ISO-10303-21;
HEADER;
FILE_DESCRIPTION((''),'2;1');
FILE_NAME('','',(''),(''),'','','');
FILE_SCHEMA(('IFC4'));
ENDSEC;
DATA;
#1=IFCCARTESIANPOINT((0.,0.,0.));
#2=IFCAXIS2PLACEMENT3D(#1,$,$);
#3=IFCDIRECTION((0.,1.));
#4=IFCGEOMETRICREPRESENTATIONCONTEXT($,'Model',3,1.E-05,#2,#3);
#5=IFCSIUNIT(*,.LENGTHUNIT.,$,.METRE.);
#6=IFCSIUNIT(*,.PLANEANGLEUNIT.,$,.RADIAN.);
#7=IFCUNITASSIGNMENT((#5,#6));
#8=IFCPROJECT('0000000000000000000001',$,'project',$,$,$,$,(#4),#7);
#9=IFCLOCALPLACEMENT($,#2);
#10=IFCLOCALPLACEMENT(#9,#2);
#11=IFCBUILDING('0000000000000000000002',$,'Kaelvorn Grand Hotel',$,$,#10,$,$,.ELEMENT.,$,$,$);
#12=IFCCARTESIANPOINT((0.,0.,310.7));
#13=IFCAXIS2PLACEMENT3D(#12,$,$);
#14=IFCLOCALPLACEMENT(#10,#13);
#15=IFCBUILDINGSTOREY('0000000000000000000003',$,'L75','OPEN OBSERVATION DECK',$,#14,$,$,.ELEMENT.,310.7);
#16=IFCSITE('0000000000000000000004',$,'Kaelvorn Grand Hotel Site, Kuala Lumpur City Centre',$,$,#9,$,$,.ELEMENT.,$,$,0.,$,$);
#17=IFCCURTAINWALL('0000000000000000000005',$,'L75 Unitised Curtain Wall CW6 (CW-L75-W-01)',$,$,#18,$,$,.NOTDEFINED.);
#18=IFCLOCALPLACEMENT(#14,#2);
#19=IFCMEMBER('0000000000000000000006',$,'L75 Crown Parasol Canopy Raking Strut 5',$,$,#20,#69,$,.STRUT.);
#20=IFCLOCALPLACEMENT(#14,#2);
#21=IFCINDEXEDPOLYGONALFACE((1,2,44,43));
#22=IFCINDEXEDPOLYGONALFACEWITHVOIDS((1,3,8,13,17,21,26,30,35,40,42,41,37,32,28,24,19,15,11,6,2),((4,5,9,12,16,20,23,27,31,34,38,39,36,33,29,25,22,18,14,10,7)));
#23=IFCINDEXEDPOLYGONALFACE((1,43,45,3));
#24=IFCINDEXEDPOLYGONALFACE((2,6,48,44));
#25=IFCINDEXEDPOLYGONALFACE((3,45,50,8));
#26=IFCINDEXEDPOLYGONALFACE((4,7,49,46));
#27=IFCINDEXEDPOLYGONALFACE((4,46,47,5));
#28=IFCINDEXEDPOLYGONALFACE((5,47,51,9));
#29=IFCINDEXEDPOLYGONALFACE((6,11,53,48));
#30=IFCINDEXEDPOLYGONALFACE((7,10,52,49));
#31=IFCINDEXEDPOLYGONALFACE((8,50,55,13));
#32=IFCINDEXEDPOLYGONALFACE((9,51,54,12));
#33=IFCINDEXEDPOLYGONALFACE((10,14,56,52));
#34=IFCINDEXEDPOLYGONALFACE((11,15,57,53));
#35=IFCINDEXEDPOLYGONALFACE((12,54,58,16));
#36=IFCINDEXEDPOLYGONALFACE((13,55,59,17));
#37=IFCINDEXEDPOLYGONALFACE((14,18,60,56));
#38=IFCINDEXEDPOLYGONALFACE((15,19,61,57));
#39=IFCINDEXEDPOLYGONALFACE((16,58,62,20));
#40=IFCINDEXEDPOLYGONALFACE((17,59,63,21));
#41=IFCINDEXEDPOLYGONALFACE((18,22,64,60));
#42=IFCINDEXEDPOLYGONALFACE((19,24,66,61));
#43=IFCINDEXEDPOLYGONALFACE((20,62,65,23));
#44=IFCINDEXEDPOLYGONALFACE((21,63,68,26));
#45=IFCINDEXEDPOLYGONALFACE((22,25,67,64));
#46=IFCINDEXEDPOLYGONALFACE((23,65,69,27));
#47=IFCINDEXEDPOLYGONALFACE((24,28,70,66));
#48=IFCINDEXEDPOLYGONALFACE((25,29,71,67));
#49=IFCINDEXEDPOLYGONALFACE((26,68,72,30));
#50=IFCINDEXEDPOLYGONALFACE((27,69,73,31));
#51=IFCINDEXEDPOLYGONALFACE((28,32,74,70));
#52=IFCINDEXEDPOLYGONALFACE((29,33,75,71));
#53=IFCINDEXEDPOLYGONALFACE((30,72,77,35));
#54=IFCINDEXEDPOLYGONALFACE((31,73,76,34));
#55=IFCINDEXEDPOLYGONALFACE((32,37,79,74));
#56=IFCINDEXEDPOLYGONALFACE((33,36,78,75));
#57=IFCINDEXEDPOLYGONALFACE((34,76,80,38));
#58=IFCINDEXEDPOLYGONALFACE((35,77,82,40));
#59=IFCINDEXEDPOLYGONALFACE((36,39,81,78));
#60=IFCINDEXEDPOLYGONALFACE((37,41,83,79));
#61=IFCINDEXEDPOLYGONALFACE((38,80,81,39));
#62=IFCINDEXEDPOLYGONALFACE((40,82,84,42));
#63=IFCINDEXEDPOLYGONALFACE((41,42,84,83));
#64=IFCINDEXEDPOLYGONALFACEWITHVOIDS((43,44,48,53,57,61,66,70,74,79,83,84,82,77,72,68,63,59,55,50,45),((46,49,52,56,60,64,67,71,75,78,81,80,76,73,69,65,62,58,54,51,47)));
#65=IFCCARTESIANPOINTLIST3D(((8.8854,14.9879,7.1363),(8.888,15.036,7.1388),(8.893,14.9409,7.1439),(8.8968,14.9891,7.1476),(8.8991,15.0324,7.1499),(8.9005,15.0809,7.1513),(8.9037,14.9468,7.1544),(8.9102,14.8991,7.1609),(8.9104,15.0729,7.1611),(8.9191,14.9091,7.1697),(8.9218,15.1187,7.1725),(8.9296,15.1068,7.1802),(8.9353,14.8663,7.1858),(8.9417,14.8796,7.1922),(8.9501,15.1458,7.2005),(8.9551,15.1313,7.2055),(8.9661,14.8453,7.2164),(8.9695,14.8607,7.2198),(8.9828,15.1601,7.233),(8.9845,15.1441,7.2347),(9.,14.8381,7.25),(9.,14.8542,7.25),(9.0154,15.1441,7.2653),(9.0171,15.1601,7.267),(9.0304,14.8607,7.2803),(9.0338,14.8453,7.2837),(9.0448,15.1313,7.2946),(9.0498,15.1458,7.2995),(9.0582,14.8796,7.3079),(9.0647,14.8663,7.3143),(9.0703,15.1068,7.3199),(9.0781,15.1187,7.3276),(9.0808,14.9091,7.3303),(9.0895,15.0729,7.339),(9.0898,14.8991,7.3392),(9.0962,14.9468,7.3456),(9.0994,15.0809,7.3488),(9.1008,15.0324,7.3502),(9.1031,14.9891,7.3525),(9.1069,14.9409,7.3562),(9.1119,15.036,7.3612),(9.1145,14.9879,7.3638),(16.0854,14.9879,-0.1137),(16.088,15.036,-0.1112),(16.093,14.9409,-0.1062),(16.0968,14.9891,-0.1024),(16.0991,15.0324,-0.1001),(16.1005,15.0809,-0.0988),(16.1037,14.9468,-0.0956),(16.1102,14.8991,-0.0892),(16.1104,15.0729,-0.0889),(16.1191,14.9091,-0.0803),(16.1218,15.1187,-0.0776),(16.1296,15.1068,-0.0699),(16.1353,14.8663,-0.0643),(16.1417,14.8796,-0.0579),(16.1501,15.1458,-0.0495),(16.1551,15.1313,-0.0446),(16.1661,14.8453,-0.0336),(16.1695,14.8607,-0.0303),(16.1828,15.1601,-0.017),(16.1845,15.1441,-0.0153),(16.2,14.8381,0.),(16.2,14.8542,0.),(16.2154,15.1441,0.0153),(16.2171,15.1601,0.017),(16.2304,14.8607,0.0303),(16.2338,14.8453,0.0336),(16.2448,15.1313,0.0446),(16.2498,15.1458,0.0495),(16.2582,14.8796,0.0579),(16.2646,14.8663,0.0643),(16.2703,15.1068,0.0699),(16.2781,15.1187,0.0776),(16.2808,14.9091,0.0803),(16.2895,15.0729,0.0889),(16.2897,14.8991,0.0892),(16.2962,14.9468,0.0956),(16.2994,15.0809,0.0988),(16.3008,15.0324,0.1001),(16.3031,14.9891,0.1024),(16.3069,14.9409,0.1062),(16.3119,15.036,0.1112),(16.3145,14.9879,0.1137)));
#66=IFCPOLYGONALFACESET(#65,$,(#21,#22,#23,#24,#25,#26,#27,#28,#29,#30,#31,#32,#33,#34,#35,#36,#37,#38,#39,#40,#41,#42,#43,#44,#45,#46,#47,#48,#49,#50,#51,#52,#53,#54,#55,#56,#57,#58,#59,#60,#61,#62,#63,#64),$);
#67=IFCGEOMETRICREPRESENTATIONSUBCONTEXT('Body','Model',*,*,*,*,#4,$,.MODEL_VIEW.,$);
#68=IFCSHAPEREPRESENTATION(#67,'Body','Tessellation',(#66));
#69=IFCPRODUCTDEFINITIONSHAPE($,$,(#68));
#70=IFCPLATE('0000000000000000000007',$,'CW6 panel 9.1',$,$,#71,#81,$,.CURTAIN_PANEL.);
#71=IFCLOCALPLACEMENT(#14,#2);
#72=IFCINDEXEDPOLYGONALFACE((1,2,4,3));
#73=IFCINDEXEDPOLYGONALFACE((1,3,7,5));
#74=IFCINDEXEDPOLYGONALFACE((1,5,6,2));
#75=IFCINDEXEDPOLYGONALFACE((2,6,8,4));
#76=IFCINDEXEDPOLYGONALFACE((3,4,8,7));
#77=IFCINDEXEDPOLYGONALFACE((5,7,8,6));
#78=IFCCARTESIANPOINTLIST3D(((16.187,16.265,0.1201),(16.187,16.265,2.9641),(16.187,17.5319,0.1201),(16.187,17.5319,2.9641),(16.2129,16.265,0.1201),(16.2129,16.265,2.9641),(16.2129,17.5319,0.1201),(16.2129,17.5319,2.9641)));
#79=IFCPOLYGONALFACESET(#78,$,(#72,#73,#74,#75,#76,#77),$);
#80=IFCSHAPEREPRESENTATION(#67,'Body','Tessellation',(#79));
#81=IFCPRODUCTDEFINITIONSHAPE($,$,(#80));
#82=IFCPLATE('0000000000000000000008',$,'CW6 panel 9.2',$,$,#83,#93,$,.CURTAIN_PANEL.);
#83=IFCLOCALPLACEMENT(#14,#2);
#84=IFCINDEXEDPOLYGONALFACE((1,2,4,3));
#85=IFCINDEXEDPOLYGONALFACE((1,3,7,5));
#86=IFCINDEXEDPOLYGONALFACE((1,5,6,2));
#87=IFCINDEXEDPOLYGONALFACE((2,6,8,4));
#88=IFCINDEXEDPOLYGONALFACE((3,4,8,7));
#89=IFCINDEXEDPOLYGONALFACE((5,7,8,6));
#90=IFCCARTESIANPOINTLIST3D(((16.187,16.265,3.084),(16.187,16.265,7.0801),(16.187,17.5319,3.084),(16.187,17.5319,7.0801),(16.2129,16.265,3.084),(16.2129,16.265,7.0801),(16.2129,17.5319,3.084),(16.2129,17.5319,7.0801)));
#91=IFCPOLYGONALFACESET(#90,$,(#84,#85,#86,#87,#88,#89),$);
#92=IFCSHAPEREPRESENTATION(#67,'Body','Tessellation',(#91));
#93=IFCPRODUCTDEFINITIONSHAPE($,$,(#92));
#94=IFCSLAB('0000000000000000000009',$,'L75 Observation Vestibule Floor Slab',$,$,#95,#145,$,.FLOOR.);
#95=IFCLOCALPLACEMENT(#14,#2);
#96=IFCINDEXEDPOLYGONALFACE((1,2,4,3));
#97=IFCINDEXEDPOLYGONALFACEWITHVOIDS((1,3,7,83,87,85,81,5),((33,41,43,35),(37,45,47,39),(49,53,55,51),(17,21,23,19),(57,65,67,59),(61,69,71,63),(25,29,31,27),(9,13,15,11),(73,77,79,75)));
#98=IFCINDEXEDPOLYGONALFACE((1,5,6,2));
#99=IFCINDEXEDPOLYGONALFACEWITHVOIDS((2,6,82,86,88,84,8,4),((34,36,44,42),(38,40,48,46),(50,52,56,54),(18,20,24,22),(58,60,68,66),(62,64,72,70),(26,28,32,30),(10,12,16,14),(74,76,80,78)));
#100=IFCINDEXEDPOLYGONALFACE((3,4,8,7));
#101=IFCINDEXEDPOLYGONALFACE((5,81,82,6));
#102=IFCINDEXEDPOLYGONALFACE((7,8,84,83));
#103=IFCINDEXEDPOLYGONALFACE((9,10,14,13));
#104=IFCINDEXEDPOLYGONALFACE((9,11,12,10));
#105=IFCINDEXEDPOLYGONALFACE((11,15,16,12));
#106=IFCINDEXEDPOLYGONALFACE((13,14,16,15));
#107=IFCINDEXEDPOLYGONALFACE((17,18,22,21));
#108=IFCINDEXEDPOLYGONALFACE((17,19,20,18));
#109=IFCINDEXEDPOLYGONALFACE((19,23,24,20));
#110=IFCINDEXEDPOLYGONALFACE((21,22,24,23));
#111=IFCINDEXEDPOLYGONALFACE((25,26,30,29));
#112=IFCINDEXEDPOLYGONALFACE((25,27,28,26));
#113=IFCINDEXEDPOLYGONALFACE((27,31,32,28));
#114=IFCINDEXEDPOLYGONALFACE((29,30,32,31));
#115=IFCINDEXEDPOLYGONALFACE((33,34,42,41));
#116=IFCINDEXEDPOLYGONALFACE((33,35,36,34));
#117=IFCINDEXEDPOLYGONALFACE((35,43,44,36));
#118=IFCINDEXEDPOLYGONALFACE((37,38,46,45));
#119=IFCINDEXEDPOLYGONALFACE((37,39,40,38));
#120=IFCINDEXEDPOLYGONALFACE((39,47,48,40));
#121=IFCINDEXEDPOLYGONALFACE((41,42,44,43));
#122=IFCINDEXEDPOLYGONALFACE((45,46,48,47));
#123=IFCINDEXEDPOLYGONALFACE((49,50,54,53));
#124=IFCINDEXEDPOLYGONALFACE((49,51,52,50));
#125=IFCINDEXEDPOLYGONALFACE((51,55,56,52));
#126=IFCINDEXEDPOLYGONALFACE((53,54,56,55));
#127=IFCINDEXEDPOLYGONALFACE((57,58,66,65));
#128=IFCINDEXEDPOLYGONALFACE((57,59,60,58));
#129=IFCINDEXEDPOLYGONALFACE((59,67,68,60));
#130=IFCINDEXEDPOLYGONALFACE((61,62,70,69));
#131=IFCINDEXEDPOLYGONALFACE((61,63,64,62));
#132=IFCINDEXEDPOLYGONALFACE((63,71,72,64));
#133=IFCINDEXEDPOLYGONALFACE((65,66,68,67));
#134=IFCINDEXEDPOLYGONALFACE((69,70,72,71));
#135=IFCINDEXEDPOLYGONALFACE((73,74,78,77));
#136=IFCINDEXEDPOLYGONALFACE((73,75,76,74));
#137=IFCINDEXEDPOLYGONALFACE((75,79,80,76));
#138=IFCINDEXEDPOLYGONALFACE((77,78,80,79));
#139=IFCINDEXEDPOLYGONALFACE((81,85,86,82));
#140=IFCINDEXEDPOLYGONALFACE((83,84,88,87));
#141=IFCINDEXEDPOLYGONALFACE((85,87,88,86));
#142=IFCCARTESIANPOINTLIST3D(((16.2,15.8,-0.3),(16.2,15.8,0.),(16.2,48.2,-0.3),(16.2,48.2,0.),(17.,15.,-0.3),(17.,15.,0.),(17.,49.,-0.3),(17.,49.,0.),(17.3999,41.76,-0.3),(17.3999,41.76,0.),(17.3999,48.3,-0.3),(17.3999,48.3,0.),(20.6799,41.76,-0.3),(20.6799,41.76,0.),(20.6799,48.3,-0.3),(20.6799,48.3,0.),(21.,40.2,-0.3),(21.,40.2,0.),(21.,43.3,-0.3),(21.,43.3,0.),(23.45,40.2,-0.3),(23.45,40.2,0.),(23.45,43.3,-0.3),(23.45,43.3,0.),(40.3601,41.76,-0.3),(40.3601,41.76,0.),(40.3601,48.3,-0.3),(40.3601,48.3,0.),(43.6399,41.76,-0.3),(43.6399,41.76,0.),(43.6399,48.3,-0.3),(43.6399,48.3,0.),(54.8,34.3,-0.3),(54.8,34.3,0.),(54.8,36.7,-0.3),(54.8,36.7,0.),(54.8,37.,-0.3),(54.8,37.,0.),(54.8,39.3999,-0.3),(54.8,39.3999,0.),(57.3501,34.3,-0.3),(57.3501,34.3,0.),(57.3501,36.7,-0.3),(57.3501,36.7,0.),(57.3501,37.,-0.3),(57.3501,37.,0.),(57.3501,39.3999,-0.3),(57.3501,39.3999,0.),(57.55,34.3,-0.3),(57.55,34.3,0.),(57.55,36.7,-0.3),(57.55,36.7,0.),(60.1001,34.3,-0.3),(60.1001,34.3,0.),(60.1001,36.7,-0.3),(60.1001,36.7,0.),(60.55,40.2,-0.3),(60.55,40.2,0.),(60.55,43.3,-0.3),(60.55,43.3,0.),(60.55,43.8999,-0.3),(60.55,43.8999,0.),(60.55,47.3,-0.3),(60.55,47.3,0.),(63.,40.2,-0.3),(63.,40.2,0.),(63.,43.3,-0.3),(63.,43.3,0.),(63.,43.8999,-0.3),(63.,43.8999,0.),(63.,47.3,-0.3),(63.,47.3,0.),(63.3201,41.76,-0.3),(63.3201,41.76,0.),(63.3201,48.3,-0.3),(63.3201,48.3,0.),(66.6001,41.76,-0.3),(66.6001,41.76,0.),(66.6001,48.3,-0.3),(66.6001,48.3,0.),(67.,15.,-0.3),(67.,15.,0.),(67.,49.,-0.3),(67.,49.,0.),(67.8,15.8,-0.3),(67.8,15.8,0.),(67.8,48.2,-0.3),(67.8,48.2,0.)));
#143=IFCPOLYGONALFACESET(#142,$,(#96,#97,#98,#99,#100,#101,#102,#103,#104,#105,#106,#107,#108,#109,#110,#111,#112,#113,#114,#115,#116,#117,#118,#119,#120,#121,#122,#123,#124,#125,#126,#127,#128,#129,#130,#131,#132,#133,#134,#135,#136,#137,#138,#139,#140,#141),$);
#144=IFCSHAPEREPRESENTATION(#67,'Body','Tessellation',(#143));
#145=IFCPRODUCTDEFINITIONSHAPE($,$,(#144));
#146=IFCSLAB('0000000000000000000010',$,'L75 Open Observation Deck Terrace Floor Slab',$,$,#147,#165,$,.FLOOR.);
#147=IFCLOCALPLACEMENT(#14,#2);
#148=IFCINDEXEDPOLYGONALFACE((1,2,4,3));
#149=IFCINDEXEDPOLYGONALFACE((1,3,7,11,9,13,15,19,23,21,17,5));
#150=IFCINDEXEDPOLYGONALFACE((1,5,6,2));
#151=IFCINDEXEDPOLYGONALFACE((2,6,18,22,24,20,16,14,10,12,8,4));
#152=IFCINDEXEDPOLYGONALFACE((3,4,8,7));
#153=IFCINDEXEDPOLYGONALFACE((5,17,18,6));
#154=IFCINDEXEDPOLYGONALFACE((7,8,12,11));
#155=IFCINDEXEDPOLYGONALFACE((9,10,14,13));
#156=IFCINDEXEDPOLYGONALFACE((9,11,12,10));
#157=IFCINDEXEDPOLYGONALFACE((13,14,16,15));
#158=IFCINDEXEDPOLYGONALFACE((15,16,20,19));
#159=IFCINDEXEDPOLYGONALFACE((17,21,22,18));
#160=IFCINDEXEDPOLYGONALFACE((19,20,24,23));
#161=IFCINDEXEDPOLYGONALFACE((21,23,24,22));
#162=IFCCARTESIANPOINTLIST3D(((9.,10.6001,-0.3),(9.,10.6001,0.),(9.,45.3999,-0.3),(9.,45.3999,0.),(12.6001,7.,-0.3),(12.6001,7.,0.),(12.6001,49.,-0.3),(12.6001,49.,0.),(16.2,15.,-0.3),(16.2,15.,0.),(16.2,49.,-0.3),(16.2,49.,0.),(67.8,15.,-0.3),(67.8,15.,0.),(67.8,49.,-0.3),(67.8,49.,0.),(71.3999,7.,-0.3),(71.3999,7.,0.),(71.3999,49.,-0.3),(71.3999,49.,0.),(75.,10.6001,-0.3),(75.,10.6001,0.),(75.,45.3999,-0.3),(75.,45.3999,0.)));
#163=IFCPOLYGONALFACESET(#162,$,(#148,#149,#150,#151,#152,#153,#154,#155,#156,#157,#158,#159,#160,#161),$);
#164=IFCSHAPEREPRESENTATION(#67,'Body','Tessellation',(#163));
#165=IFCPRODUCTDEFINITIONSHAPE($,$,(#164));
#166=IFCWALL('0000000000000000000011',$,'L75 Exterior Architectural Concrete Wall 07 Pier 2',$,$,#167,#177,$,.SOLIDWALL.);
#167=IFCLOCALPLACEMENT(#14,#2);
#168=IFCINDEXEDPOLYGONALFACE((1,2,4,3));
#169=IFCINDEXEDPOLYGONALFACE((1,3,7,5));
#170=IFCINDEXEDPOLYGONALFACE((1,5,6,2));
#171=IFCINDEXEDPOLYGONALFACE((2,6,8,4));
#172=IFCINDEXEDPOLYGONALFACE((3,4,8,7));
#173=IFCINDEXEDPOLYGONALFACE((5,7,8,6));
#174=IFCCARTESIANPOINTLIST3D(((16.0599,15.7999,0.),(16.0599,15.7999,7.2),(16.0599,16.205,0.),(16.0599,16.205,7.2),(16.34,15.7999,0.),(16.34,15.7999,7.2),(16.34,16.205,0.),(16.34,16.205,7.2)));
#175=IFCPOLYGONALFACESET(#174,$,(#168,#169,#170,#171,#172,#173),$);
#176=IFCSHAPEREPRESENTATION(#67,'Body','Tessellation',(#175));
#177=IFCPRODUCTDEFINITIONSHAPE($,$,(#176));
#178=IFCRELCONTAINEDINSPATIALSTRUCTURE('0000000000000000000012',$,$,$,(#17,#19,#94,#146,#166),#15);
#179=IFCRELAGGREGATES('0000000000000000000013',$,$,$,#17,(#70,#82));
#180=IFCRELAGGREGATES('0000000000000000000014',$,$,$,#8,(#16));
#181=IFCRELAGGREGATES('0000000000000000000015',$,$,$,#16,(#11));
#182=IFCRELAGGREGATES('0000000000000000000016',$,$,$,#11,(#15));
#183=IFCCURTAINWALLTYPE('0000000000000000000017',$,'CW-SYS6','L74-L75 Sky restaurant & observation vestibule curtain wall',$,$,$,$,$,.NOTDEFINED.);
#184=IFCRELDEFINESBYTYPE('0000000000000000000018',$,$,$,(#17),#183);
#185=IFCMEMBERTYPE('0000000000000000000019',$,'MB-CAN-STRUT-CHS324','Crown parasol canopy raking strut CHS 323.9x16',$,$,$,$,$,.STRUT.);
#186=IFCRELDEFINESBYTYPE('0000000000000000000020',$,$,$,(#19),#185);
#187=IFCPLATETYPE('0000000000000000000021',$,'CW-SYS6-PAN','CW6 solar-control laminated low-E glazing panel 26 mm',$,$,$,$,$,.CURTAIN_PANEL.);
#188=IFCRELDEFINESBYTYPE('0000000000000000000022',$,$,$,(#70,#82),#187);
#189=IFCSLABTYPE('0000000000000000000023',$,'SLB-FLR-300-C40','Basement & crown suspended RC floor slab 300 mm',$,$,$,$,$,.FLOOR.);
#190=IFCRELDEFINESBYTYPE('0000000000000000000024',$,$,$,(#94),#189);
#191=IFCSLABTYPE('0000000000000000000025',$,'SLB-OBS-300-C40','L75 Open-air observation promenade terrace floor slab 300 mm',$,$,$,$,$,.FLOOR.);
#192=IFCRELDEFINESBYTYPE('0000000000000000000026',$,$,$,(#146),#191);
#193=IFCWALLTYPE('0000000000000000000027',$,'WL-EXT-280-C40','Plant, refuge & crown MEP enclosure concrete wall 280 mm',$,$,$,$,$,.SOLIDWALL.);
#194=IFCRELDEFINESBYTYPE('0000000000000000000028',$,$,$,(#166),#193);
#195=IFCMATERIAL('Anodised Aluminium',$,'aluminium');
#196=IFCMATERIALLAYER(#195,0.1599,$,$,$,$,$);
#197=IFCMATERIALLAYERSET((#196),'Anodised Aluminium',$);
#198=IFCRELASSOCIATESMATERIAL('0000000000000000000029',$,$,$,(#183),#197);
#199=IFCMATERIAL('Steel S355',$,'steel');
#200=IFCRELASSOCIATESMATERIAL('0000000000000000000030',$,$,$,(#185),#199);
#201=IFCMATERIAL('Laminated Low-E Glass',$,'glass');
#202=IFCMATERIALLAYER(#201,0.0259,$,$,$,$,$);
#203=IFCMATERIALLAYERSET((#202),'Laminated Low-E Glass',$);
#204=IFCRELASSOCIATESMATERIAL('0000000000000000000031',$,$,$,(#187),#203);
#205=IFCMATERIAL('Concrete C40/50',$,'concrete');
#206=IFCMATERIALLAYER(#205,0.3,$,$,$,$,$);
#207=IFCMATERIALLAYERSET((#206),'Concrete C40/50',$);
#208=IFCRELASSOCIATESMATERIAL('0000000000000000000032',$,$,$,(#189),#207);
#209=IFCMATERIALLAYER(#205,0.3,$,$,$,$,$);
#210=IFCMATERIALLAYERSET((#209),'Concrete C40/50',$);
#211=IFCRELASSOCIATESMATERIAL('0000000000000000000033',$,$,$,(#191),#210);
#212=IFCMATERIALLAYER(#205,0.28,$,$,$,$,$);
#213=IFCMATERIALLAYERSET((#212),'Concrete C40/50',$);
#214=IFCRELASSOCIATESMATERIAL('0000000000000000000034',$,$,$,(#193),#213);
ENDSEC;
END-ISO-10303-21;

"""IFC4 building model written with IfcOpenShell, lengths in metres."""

from ifc_helpers import new_model, si_unit, direction, frame, frame_2d, origin, origin_2d, place, context, subcontext, project, spatial, polyline, rectangle, hollow_circle, outline, extrude, material, layer, layer_set, material_profile, profile_set, type_object, element, aggregate, save


model = new_model("IFC4")

# Units and contexts
model_context = context("Model", 3, precision=1e-05, world=origin(), true_north=direction((0.0, 1.0)))
body_context = subcontext(model_context, "Body", "Model", "MODEL_VIEW")
ifc_project = project(units=[si_unit("LENGTHUNIT", "METRE"), si_unit("PLANEANGLEUNIT", "RADIAN")], contexts=[model_context])

# Site, building, storey
site_placement = place(None, origin())
site = spatial("IfcSite", under=ifc_project, at=site_placement, Name="Kaelvorn Grand Hotel Site, Kuala Lumpur City Centre", CompositionType="ELEMENT", RefElevation=0.0)
building_placement = place(site_placement, origin())
building = spatial("IfcBuilding", under=site, at=building_placement, Name="Kaelvorn Grand Hotel", CompositionType="ELEMENT")
storey_placement = place(building_placement, frame((0.0, 0.0, 310.7)))
storey = spatial("IfcBuildingStorey", under=building, at=storey_placement, Name="L75", Description="OPEN OBSERVATION DECK", CompositionType="ELEMENT", Elevation=310.7)

# Shared definitions
ifc_material_1 = material(Name="Steel S355", Category="steel")

# Curtain wall
ifc_material_2 = material(Name="Anodised Aluminium", Category="aluminium")
ifc_layer_1 = layer(ifc_material_2, 0.1599)
ifc_layer_set_1 = layer_set([ifc_layer_1], Name="Anodised Aluminium")
curtain_wall_type = type_object("IfcCurtainWallType", Name="CW-SYS6", Description="L74-L75 Sky restaurant & observation vestibule curtain wall", PredefinedType="NOTDEFINED", material=ifc_layer_set_1)
curtain_wall_placement = place(storey_placement, origin())
curtain_wall = element("IfcCurtainWall", 1, at=curtain_wall_placement, inside=storey, type_object=curtain_wall_type, Name="L75 Unitised Curtain Wall CW6 (CW-L75-W-01)", PredefinedType="NOTDEFINED")

# Member
ifc_material_profile_1 = material_profile(ifc_material_1, hollow_circle(Radius=0.1619, WallThickness=0.0161, at=origin_2d()), Name="CHS 323.9x16.0")
ifc_profile_set_1 = profile_set([ifc_material_profile_1], Name="Steel S355")
member_type_1 = type_object("IfcMemberType", Name="MB-CAN-STRUT-CHS324", Description="Crown parasol canopy raking strut CHS 323.9x16", PredefinedType="STRUT", material=ifc_profile_set_1)
member_1_placement = place(storey_placement, frame((16.2, 15.0, 0.0), z_axis=(-0.704653, 0.0, 0.709552), x_axis=(0.0, -1.0, 0.0)))
element("IfcMember", 2, at=member_1_placement, inside=storey, type_object=member_type_1, Name="L75 Crown Parasol Canopy Raking Strut 5", PredefinedType="STRUT", context=body_context, shape_type="SweptSolid", body=[
    extrude(hollow_circle(Radius=0.1619, WallThickness=0.0161, at=origin_2d()), origin(), (0.0, 0.0, 1.0), 10.2178),
])

# Plates
ifc_material_3 = material(Name="Laminated Low-E Glass", Category="glass")
ifc_layer_2 = layer(ifc_material_3, 0.0259)
ifc_layer_set_2 = layer_set([ifc_layer_2], Name="Laminated Low-E Glass")
plate_type = type_object("IfcPlateType", Name="CW-SYS6-PAN", Description="CW6 solar-control laminated low-E glazing panel 26 mm", PredefinedType="CURTAIN_PANEL", material=ifc_layer_set_2)
plate_1_placement = place(storey_placement, frame((16.2, 16.8984, 0.1201), z_axis=(0.0, 0.0, 1.0), x_axis=(0.0, -1.0, 0.0)))
plate_1 = element("IfcPlate", 3, at=plate_1_placement, type_object=plate_type, Name="CW6 panel 9.1", PredefinedType="CURTAIN_PANEL", context=body_context, shape_type="SweptSolid", body=[
    extrude(rectangle(XDim=1.2668, YDim=0.0259, at=origin_2d()), origin(), (0.0, 0.0, 1.0), 2.844),
])
plate_2_placement = place(storey_placement, frame((16.2, 16.8984, 3.084), z_axis=(0.0, 0.0, 1.0), x_axis=(0.0, -1.0, 0.0)))
plate_2 = element("IfcPlate", 4, at=plate_2_placement, type_object=plate_type, Name="CW6 panel 9.2", PredefinedType="CURTAIN_PANEL", context=body_context, shape_type="SweptSolid", body=[
    extrude(rectangle(XDim=1.2668, YDim=0.0259, at=origin_2d()), origin(), (0.0, 0.0, 1.0), 3.9961),
])
aggregate(curtain_wall, [plate_1, plate_2])

# Slabs
ifc_material_4 = material(Name="Concrete C40/50", Category="concrete")
ifc_layer_3 = layer(ifc_material_4, 0.3)
ifc_layer_set_3 = layer_set([ifc_layer_3], Name="Concrete C40/50")
slab_type_1 = type_object("IfcSlabType", Name="SLB-FLR-300-C40", Description="Basement & crown suspended RC floor slab 300 mm", PredefinedType="FLOOR", material=ifc_layer_set_3)
slab_1_placement = place(storey_placement, frame((0.0, 0.0, -0.3)))
element("IfcSlab", 5, at=slab_1_placement, inside=storey, type_object=slab_type_1, Name="L75 Observation Vestibule Floor Slab", PredefinedType="FLOOR", context=body_context, shape_type="SweptSolid", body=[
    extrude(outline(polyline([(17.0, 15.0), (67.0, 15.0), (67.8, 15.8), (67.8, 48.2), (67.0, 49.0), (17.0, 49.0), (16.2, 48.2), (16.2, 15.8), (17.0, 15.0)]), holes=[polyline([(17.3999, 41.76), (17.3999, 48.3), (20.6799, 48.3), (20.6799, 41.76), (17.3999, 41.76)]), polyline([(40.3601, 41.76), (40.3601, 48.3), (43.6399, 48.3), (43.6399, 41.76), (40.3601, 41.76)]), polyline([(63.3201, 41.76), (63.3201, 48.3), (66.6001, 48.3), (66.6001, 41.76), (63.3201, 41.76)]), polyline([(54.8, 34.3), (54.8, 36.7), (57.3501, 36.7), (57.3501, 34.3), (54.8, 34.3)]), polyline([(57.55, 34.3), (57.55, 36.7), (60.1001, 36.7), (60.1001, 34.3), (57.55, 34.3)]), polyline([(54.8, 37.0), (54.8, 39.3999), (57.3501, 39.3999), (57.3501, 37.0), (54.8, 37.0)]), polyline([(21.0, 40.2), (21.0, 43.3), (23.45, 43.3), (23.45, 40.2), (21.0, 40.2)]), polyline([(60.55, 40.2), (60.55, 43.3), (63.0, 43.3), (63.0, 40.2), (60.55, 40.2)]), polyline([(60.55, 43.8999), (60.55, 47.3), (63.0, 47.3), (63.0, 43.8999), (60.55, 43.8999)])]), origin(), (0.0, 0.0, 1.0), 0.3),
])
ifc_layer_4 = layer(ifc_material_4, 0.3)
ifc_layer_set_4 = layer_set([ifc_layer_4], Name="Concrete C40/50")
slab_type_2 = type_object("IfcSlabType", Name="SLB-OBS-300-C40", Description="L75 Open-air observation promenade terrace floor slab 300 mm", PredefinedType="FLOOR", material=ifc_layer_set_4)
slab_2_placement = place(storey_placement, frame((0.0, 0.0, -0.3)))
element("IfcSlab", 6, at=slab_2_placement, inside=storey, type_object=slab_type_2, Name="L75 Open Observation Deck Terrace Floor Slab", PredefinedType="FLOOR", context=body_context, shape_type="SweptSolid", body=[
    extrude(outline(polyline([(12.6001, 7.0), (71.3999, 7.0), (75.0, 10.6001), (75.0, 45.3999), (71.3999, 49.0), (67.8, 49.0), (67.8, 15.0), (16.2, 15.0), (16.2, 49.0), (12.6001, 49.0), (9.0, 45.3999), (9.0, 10.6001), (12.6001, 7.0)])), origin(), (0.0, 0.0, 1.0), 0.3),
])

# Wall
ifc_layer_5 = layer(ifc_material_4, 0.28)
ifc_layer_set_5 = layer_set([ifc_layer_5], Name="Concrete C40/50")
wall_type = type_object("IfcWallType", Name="WL-EXT-280-C40", Description="Plant, refuge & crown MEP enclosure concrete wall 280 mm", PredefinedType="SOLIDWALL", material=ifc_layer_set_5)
wall_1_placement = place(storey_placement, frame((16.2, 16.2051, 0.0), z_axis=(0.0, 0.0, 1.0), x_axis=(0.0, -1.0, 0.0)))
element("IfcWall", 7, at=wall_1_placement, inside=storey, type_object=wall_type, Name="L75 Exterior Architectural Concrete Wall 07 Pier 2", PredefinedType="SOLIDWALL", context=body_context, shape_type="SweptSolid", body=[
    extrude(rectangle(XDim=0.405, YDim=0.28, at=frame_2d((0.2026, 0.0))), origin(), (0.0, 0.0, 1.0), 7.2),
])

save(model, "model.ifc")
